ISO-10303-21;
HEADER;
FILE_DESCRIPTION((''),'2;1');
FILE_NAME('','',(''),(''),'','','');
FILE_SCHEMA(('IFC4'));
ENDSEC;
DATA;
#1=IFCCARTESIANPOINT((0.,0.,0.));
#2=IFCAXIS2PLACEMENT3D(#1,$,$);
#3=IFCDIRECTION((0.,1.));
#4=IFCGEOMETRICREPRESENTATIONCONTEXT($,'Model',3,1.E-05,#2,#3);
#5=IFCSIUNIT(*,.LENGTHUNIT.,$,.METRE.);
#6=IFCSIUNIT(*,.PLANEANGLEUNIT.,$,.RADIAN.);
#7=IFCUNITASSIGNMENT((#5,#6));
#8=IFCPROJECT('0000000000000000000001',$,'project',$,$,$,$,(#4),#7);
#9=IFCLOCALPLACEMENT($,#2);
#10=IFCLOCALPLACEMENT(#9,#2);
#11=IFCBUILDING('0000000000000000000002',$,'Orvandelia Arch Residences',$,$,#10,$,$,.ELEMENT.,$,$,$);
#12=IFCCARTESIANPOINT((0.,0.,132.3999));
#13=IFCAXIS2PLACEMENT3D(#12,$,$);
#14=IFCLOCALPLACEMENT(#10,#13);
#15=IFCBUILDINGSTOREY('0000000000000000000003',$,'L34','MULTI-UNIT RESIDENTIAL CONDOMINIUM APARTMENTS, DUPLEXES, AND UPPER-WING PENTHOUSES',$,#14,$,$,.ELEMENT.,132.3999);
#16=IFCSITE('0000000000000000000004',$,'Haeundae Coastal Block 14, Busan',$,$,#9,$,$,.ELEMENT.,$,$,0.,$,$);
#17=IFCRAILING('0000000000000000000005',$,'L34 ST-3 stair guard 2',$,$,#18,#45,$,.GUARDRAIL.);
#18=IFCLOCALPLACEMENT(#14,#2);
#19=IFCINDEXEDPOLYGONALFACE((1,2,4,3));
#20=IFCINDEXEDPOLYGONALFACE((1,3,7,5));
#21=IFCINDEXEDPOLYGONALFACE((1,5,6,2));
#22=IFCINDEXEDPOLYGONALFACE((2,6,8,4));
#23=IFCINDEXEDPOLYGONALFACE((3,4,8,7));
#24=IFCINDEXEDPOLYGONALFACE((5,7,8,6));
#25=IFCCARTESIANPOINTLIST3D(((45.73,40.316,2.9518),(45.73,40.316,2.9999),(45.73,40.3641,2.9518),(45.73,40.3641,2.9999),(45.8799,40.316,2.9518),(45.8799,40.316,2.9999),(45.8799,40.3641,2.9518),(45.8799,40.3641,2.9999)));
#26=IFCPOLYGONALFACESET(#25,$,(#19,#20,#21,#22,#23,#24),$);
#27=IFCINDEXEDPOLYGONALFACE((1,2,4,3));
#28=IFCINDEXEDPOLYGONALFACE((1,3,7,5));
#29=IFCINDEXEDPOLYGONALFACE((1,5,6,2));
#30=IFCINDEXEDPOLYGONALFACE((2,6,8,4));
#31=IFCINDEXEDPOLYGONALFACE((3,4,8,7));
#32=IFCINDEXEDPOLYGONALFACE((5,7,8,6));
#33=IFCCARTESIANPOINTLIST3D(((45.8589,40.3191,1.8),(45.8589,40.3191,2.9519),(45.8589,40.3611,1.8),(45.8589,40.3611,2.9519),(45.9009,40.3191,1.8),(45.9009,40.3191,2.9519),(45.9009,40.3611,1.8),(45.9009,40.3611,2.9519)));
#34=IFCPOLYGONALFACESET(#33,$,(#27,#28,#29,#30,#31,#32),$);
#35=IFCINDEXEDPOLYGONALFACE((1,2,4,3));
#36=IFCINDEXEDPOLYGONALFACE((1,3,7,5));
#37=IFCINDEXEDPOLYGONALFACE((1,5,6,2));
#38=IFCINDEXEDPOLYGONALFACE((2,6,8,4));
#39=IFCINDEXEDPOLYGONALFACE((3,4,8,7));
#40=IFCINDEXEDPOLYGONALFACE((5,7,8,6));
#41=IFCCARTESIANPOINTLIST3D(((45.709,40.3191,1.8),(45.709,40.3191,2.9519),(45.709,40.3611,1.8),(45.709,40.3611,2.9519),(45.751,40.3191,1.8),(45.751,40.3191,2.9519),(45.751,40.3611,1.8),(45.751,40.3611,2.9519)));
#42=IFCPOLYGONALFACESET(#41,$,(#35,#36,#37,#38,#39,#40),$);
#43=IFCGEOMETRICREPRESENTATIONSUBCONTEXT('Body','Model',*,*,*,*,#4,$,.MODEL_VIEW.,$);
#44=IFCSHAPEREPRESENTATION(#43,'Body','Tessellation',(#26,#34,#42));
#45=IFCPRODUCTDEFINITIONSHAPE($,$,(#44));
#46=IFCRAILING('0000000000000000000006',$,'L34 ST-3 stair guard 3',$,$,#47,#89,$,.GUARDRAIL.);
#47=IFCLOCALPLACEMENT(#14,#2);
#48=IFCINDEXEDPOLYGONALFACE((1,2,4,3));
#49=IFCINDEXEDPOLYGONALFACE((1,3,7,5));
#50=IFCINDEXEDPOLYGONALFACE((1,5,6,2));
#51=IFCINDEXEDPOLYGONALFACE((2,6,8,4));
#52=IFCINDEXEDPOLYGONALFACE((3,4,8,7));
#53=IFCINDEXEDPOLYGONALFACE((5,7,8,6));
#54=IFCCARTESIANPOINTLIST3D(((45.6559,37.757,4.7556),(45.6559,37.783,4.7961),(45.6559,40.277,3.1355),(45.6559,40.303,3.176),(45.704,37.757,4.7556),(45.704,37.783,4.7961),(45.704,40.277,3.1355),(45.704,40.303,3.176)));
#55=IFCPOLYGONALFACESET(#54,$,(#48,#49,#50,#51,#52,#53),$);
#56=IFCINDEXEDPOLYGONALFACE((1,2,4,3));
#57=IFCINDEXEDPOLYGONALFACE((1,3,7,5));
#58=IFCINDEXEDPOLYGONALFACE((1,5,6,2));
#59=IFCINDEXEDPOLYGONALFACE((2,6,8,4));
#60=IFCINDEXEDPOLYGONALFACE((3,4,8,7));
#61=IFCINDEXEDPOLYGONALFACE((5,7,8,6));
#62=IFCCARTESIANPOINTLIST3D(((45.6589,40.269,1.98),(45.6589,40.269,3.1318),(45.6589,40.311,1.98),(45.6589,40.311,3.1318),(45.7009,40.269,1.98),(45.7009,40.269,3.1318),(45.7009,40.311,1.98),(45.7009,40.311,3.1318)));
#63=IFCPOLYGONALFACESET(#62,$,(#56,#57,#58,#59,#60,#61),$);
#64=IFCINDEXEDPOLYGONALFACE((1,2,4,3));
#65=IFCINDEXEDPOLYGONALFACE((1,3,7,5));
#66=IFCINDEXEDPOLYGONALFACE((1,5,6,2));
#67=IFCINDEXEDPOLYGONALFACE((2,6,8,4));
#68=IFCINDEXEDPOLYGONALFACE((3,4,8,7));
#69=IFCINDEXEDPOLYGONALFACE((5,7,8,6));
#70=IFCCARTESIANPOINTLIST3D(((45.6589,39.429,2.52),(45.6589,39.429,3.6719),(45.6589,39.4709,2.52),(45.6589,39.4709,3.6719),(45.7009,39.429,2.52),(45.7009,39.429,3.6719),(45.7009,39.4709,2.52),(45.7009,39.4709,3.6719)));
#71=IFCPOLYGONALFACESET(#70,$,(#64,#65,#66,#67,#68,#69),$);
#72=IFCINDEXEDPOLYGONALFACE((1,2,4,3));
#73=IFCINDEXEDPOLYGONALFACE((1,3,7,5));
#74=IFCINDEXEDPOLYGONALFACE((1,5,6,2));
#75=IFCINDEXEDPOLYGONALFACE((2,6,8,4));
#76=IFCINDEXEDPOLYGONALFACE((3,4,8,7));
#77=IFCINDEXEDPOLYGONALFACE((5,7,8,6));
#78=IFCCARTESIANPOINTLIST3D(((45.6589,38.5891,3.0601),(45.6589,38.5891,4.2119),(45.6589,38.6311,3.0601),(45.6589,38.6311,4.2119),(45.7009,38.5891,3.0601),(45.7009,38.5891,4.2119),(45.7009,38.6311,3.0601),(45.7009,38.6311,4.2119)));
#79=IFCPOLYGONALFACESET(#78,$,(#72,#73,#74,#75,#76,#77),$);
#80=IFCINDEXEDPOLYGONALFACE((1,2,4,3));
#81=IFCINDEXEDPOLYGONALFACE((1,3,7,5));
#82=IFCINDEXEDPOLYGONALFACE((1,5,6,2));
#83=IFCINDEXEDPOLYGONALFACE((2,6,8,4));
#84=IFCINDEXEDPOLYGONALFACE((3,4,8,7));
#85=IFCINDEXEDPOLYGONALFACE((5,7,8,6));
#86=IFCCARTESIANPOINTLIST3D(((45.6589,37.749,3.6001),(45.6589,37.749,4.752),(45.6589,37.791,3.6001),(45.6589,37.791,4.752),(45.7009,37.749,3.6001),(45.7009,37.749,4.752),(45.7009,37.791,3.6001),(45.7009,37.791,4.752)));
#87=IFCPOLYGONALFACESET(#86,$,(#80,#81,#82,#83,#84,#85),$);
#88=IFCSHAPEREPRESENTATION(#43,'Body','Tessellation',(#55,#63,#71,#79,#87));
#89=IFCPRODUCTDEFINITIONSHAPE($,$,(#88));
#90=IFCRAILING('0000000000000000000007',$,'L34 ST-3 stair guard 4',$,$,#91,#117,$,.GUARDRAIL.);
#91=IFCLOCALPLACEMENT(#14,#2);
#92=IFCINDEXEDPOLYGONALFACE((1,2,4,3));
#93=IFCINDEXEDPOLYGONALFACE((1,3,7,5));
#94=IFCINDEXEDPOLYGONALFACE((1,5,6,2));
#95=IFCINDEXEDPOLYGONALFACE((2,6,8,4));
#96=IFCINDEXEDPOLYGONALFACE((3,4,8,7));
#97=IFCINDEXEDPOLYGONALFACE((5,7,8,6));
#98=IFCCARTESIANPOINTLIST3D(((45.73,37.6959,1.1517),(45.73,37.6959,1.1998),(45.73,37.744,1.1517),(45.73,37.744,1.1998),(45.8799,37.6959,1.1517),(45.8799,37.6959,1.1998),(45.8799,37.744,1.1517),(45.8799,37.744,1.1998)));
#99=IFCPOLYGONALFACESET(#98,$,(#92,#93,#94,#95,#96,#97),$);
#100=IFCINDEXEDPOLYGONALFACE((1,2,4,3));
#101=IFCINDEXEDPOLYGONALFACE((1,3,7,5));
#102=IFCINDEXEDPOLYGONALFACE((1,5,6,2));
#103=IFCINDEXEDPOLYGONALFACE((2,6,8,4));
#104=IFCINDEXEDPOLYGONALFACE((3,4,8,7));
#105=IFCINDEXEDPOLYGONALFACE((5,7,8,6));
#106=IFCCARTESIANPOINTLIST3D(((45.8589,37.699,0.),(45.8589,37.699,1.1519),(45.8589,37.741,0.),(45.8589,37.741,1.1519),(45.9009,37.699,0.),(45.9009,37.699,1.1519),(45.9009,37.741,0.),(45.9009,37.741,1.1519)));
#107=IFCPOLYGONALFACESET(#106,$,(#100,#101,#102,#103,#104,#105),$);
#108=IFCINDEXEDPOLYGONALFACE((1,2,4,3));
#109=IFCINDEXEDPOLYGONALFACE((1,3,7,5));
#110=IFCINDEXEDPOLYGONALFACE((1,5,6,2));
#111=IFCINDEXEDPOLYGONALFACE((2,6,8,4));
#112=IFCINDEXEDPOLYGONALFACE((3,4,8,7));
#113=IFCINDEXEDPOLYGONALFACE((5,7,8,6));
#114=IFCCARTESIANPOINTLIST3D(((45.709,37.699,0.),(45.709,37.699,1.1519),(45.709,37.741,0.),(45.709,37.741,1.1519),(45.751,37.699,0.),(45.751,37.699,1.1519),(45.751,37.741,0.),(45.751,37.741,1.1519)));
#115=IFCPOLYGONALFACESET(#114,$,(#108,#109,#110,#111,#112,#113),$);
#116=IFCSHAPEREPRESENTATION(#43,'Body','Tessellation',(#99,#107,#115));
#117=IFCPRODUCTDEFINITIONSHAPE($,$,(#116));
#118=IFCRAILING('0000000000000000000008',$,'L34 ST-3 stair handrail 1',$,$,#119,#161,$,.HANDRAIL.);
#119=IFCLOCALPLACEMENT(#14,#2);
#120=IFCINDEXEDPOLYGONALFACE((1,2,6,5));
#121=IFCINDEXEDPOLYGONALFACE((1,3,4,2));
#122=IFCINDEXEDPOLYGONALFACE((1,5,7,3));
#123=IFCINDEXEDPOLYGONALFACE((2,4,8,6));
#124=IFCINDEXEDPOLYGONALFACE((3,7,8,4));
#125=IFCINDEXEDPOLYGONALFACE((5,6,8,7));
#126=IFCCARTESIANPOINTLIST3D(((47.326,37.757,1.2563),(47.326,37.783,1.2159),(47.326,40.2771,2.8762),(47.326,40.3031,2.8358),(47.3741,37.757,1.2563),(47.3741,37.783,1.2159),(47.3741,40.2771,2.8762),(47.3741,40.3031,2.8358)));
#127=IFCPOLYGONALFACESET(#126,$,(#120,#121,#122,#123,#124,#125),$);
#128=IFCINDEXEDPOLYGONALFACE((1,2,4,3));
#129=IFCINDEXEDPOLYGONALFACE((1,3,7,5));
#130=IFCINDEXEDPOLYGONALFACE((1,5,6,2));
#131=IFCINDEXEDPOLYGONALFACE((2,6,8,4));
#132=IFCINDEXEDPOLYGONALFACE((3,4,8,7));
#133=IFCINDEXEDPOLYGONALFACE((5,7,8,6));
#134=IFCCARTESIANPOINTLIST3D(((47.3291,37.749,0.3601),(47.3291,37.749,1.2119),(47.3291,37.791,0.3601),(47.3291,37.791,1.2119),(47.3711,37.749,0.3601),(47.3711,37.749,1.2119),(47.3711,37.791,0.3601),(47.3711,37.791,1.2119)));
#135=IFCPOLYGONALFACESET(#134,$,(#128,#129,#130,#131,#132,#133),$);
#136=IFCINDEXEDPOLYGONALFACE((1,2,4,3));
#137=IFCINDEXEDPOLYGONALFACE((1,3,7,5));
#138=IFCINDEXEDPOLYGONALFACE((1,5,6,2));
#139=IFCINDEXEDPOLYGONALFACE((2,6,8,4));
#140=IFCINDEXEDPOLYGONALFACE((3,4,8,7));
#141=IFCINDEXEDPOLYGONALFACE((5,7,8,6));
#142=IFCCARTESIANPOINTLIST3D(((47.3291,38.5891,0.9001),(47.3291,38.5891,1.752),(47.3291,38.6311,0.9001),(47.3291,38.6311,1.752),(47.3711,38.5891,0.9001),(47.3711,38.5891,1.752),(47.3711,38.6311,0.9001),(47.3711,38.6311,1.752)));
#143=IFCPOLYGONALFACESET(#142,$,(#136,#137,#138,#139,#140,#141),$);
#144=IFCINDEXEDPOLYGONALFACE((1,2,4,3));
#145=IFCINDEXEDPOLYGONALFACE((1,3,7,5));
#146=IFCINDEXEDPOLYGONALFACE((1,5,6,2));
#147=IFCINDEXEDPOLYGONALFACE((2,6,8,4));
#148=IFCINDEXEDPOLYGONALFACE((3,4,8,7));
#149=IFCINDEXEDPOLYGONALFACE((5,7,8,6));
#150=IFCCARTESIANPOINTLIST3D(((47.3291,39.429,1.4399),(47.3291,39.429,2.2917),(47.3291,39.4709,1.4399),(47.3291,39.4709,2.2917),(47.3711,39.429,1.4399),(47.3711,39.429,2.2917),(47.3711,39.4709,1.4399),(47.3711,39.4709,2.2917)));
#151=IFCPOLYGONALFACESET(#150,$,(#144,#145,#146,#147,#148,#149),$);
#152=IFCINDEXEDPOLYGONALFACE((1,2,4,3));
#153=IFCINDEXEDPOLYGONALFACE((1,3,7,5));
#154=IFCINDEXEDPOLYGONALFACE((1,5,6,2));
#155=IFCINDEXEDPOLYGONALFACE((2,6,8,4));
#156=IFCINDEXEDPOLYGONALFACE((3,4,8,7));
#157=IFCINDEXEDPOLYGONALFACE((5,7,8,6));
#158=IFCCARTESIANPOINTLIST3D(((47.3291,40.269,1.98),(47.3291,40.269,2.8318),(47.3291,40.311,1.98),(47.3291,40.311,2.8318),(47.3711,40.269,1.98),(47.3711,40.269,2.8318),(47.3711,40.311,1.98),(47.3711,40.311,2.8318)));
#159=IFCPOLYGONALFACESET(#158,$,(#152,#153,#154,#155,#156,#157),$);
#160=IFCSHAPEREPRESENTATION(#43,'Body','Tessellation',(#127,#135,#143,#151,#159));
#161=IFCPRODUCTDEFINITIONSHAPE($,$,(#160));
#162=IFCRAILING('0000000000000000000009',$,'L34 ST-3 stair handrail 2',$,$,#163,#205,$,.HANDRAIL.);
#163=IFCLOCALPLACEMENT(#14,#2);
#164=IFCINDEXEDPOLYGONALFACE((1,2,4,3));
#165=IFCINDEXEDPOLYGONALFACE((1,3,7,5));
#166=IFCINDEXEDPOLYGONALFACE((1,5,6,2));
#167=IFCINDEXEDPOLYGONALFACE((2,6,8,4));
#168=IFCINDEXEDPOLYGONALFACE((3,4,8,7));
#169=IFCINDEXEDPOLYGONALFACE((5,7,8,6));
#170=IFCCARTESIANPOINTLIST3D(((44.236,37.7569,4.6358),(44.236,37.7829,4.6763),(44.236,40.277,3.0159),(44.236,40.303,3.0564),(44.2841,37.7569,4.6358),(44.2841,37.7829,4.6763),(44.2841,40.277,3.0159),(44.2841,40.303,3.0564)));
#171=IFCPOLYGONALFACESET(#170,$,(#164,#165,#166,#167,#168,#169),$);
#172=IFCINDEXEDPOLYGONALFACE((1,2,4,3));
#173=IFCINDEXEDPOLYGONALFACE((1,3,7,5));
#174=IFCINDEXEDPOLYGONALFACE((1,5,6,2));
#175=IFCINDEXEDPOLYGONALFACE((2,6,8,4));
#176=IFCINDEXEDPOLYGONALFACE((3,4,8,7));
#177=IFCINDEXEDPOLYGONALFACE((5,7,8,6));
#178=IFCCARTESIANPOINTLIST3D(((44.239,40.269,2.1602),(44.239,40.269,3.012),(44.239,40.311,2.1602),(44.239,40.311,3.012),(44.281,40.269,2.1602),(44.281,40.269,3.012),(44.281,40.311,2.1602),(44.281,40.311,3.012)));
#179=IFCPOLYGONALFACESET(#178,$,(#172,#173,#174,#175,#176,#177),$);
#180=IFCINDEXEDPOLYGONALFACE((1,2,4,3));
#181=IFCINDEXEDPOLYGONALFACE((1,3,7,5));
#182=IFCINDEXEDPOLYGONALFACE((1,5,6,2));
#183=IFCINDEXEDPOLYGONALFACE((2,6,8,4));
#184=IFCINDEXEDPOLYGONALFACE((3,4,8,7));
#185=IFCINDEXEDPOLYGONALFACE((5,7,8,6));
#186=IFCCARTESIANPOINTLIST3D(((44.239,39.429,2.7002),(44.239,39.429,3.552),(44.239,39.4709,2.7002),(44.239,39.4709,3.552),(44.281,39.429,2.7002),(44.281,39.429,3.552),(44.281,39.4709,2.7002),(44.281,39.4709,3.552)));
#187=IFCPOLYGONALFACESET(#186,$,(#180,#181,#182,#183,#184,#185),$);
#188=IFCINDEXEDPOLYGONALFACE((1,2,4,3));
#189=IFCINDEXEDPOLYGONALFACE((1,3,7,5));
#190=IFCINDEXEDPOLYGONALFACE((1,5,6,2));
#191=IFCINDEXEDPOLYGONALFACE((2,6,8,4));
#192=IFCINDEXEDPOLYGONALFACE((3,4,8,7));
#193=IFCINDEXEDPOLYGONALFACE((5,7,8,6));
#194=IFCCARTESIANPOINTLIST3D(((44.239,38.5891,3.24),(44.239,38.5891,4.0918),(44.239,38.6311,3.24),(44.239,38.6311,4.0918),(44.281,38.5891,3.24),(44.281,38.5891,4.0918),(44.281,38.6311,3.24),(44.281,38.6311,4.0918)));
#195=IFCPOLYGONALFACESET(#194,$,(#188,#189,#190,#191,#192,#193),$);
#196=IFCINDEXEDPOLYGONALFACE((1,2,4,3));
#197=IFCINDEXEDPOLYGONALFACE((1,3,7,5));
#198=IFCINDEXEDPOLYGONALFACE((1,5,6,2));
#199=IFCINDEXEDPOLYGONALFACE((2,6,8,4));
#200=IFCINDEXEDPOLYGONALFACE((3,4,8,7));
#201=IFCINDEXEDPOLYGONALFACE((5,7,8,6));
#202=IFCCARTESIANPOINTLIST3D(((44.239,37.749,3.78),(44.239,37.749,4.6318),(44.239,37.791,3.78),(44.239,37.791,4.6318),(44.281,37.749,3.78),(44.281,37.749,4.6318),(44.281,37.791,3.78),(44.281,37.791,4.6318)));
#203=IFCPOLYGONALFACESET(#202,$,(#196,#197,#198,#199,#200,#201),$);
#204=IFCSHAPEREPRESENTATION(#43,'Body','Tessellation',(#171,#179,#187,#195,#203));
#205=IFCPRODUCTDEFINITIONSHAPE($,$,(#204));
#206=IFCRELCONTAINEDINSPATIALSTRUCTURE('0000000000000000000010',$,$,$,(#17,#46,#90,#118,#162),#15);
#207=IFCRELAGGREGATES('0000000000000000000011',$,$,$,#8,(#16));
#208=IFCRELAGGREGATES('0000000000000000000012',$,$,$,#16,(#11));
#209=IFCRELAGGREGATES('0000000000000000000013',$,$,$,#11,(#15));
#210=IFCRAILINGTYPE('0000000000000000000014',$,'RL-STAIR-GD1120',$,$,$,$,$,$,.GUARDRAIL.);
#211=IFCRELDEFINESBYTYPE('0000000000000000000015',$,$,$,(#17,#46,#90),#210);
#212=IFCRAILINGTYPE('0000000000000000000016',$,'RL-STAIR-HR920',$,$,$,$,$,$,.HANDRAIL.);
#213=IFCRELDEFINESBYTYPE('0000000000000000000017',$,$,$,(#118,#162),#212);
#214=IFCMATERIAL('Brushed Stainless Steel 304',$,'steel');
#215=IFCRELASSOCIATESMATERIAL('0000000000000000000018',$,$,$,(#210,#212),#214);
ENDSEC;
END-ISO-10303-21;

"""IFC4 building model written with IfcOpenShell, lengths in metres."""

from ifc_helpers import new_model, si_unit, direction, frame, origin, origin_2d, place, context, subcontext, project, spatial, rectangle, extrude, material, type_object, element, save


model = new_model("IFC4")

# Units and contexts
model_context = context("Model", 3, precision=1e-05, world=origin(), true_north=direction((0.0, 1.0)))
body_context = subcontext(model_context, "Body", "Model", "MODEL_VIEW")
ifc_project = project(units=[si_unit("LENGTHUNIT", "METRE"), si_unit("PLANEANGLEUNIT", "RADIAN")], contexts=[model_context])

# Site, building, storey
site_placement = place(None, origin())
site = spatial("IfcSite", under=ifc_project, at=site_placement, Name="Haeundae Coastal Block 14, Busan", CompositionType="ELEMENT", RefElevation=0.0)
building_placement = place(site_placement, origin())
building = spatial("IfcBuilding", under=site, at=building_placement, Name="Orvandelia Arch Residences", CompositionType="ELEMENT")
storey_placement = place(building_placement, frame((0.0, 0.0, 132.3999)))
storey = spatial("IfcBuildingStorey", under=building, at=storey_placement, Name="L34", Description="MULTI-UNIT RESIDENTIAL CONDOMINIUM APARTMENTS, DUPLEXES, AND UPPER-WING PENTHOUSES", CompositionType="ELEMENT", Elevation=132.3999)

# Railings
ifc_material_1 = material(Name="Brushed Stainless Steel 304", Category="steel")
railing_type_1 = type_object("IfcRailingType", Name="RL-STAIR-GD1120", PredefinedType="GUARDRAIL", material=ifc_material_1)
railing_1_placement = place(storey_placement, frame((45.8799, 40.3401, 1.8)))
element("IfcRailing", 1, at=railing_1_placement, inside=storey, type_object=railing_type_1, Name="L34 ST-3 stair guard 2", PredefinedType="GUARDRAIL", context=body_context, shape_type="SweptSolid", body=[
    extrude(rectangle(XDim=0.0481, YDim=0.0481, at=origin_2d()), frame((0.0, 0.0, 1.1758), z_axis=(-1.0, 0.0, 0.0), x_axis=(0.0, -1.0, 0.0)), (0.0, 0.0, 1.0), 0.1499),
    extrude(rectangle(XDim=0.042, YDim=0.042, at=origin_2d()), origin(), (0.0, 0.0, 1.0), 1.1519),
    extrude(rectangle(XDim=0.042, YDim=0.042, at=origin_2d()), frame((-0.1499, 0.0, 0.0)), (0.0, 0.0, 1.0), 1.1519),
])
railing_2_placement = place(storey_placement, frame((45.6799, 40.29, 1.98)))
element("IfcRailing", 2, at=railing_2_placement, inside=storey, type_object=railing_type_1, Name="L34 ST-3 stair guard 3", PredefinedType="GUARDRAIL", context=body_context, shape_type="SweptSolid", body=[
    extrude(rectangle(XDim=0.0481, YDim=0.0481, at=origin_2d()), frame((0.0, 0.0, 1.1758), z_axis=(0.0, -0.841163, 0.540782), x_axis=(1.0, 0.0, 0.0)), (0.0, 0.0, 1.0), 2.9958),
    extrude(rectangle(XDim=0.042, YDim=0.042, at=origin_2d()), origin(), (0.0, 0.0, 1.0), 1.1519),
    extrude(rectangle(XDim=0.042, YDim=0.042, at=origin_2d()), frame((0.0, -0.8401, 0.54)), (0.0, 0.0, 1.0), 1.1519),
    extrude(rectangle(XDim=0.042, YDim=0.042, at=origin_2d()), frame((0.0, -1.6799, 1.0801)), (0.0, 0.0, 1.0), 1.1519),
    extrude(rectangle(XDim=0.042, YDim=0.042, at=origin_2d()), frame((0.0, -2.52, 1.6201)), (0.0, 0.0, 1.0), 1.1519),
])
railing_3_placement = place(storey_placement, frame((45.8799, 37.72, 0.0)))
element("IfcRailing", 3, at=railing_3_placement, inside=storey, type_object=railing_type_1, Name="L34 ST-3 stair guard 4", PredefinedType="GUARDRAIL", context=body_context, shape_type="SweptSolid", body=[
    extrude(rectangle(XDim=0.0481, YDim=0.0481, at=origin_2d()), frame((0.0, 0.0, 1.1758), z_axis=(-1.0, 0.0, 0.0), x_axis=(0.0, -1.0, 0.0)), (0.0, 0.0, 1.0), 0.1499),
    extrude(rectangle(XDim=0.042, YDim=0.042, at=origin_2d()), origin(), (0.0, 0.0, 1.0), 1.1519),
    extrude(rectangle(XDim=0.042, YDim=0.042, at=origin_2d()), frame((-0.1499, 0.0, 0.0)), (0.0, 0.0, 1.0), 1.1519),
])
railing_type_2 = type_object("IfcRailingType", Name="RL-STAIR-HR920", PredefinedType="HANDRAIL", material=ifc_material_1)
railing_4_placement = place(storey_placement, frame((47.3501, 37.77, 0.3601)))
element("IfcRailing", 4, at=railing_4_placement, inside=storey, type_object=railing_type_2, Name="L34 ST-3 stair handrail 1", PredefinedType="HANDRAIL", context=body_context, shape_type="SweptSolid", body=[
    extrude(rectangle(XDim=0.0481, YDim=0.0481, at=origin_2d()), frame((0.0, 0.0, 0.876), z_axis=(0.0, 0.8412, 0.540725), x_axis=(-1.0, 0.0, 0.0)), (0.0, 0.0, 1.0), 2.9958),
    extrude(rectangle(XDim=0.042, YDim=0.042, at=origin_2d()), origin(), (0.0, 0.0, 1.0), 0.8518),
    extrude(rectangle(XDim=0.042, YDim=0.042, at=origin_2d()), frame((0.0, 0.8401, 0.54)), (0.0, 0.0, 1.0), 0.8518),
    extrude(rectangle(XDim=0.042, YDim=0.042, at=origin_2d()), frame((0.0, 1.6799, 1.0798)), (0.0, 0.0, 1.0), 0.8518),
    extrude(rectangle(XDim=0.042, YDim=0.042, at=origin_2d()), frame((0.0, 2.52, 1.6199)), (0.0, 0.0, 1.0), 0.8518),
])
railing_5_placement = place(storey_placement, frame((44.26, 40.29, 2.1602)))
element("IfcRailing", 5, at=railing_5_placement, inside=storey, type_object=railing_type_2, Name="L34 ST-3 stair handrail 2", PredefinedType="HANDRAIL", context=body_context, shape_type="SweptSolid", body=[
    extrude(rectangle(XDim=0.0481, YDim=0.0481, at=origin_2d()), frame((0.0, 0.0, 0.876), z_axis=(0.0, -0.8412, 0.540725), x_axis=(1.0, 0.0, 0.0)), (0.0, 0.0, 1.0), 2.9958),
    extrude(rectangle(XDim=0.042, YDim=0.042, at=origin_2d()), origin(), (0.0, 0.0, 1.0), 0.8518),
    extrude(rectangle(XDim=0.042, YDim=0.042, at=origin_2d()), frame((0.0, -0.8401, 0.54)), (0.0, 0.0, 1.0), 0.8518),
    extrude(rectangle(XDim=0.042, YDim=0.042, at=origin_2d()), frame((0.0, -1.6799, 1.0798)), (0.0, 0.0, 1.0), 0.8518),
    extrude(rectangle(XDim=0.042, YDim=0.042, at=origin_2d()), frame((0.0, -2.52, 1.6199)), (0.0, 0.0, 1.0), 0.8518),
])

save(model, "model.ifc")
